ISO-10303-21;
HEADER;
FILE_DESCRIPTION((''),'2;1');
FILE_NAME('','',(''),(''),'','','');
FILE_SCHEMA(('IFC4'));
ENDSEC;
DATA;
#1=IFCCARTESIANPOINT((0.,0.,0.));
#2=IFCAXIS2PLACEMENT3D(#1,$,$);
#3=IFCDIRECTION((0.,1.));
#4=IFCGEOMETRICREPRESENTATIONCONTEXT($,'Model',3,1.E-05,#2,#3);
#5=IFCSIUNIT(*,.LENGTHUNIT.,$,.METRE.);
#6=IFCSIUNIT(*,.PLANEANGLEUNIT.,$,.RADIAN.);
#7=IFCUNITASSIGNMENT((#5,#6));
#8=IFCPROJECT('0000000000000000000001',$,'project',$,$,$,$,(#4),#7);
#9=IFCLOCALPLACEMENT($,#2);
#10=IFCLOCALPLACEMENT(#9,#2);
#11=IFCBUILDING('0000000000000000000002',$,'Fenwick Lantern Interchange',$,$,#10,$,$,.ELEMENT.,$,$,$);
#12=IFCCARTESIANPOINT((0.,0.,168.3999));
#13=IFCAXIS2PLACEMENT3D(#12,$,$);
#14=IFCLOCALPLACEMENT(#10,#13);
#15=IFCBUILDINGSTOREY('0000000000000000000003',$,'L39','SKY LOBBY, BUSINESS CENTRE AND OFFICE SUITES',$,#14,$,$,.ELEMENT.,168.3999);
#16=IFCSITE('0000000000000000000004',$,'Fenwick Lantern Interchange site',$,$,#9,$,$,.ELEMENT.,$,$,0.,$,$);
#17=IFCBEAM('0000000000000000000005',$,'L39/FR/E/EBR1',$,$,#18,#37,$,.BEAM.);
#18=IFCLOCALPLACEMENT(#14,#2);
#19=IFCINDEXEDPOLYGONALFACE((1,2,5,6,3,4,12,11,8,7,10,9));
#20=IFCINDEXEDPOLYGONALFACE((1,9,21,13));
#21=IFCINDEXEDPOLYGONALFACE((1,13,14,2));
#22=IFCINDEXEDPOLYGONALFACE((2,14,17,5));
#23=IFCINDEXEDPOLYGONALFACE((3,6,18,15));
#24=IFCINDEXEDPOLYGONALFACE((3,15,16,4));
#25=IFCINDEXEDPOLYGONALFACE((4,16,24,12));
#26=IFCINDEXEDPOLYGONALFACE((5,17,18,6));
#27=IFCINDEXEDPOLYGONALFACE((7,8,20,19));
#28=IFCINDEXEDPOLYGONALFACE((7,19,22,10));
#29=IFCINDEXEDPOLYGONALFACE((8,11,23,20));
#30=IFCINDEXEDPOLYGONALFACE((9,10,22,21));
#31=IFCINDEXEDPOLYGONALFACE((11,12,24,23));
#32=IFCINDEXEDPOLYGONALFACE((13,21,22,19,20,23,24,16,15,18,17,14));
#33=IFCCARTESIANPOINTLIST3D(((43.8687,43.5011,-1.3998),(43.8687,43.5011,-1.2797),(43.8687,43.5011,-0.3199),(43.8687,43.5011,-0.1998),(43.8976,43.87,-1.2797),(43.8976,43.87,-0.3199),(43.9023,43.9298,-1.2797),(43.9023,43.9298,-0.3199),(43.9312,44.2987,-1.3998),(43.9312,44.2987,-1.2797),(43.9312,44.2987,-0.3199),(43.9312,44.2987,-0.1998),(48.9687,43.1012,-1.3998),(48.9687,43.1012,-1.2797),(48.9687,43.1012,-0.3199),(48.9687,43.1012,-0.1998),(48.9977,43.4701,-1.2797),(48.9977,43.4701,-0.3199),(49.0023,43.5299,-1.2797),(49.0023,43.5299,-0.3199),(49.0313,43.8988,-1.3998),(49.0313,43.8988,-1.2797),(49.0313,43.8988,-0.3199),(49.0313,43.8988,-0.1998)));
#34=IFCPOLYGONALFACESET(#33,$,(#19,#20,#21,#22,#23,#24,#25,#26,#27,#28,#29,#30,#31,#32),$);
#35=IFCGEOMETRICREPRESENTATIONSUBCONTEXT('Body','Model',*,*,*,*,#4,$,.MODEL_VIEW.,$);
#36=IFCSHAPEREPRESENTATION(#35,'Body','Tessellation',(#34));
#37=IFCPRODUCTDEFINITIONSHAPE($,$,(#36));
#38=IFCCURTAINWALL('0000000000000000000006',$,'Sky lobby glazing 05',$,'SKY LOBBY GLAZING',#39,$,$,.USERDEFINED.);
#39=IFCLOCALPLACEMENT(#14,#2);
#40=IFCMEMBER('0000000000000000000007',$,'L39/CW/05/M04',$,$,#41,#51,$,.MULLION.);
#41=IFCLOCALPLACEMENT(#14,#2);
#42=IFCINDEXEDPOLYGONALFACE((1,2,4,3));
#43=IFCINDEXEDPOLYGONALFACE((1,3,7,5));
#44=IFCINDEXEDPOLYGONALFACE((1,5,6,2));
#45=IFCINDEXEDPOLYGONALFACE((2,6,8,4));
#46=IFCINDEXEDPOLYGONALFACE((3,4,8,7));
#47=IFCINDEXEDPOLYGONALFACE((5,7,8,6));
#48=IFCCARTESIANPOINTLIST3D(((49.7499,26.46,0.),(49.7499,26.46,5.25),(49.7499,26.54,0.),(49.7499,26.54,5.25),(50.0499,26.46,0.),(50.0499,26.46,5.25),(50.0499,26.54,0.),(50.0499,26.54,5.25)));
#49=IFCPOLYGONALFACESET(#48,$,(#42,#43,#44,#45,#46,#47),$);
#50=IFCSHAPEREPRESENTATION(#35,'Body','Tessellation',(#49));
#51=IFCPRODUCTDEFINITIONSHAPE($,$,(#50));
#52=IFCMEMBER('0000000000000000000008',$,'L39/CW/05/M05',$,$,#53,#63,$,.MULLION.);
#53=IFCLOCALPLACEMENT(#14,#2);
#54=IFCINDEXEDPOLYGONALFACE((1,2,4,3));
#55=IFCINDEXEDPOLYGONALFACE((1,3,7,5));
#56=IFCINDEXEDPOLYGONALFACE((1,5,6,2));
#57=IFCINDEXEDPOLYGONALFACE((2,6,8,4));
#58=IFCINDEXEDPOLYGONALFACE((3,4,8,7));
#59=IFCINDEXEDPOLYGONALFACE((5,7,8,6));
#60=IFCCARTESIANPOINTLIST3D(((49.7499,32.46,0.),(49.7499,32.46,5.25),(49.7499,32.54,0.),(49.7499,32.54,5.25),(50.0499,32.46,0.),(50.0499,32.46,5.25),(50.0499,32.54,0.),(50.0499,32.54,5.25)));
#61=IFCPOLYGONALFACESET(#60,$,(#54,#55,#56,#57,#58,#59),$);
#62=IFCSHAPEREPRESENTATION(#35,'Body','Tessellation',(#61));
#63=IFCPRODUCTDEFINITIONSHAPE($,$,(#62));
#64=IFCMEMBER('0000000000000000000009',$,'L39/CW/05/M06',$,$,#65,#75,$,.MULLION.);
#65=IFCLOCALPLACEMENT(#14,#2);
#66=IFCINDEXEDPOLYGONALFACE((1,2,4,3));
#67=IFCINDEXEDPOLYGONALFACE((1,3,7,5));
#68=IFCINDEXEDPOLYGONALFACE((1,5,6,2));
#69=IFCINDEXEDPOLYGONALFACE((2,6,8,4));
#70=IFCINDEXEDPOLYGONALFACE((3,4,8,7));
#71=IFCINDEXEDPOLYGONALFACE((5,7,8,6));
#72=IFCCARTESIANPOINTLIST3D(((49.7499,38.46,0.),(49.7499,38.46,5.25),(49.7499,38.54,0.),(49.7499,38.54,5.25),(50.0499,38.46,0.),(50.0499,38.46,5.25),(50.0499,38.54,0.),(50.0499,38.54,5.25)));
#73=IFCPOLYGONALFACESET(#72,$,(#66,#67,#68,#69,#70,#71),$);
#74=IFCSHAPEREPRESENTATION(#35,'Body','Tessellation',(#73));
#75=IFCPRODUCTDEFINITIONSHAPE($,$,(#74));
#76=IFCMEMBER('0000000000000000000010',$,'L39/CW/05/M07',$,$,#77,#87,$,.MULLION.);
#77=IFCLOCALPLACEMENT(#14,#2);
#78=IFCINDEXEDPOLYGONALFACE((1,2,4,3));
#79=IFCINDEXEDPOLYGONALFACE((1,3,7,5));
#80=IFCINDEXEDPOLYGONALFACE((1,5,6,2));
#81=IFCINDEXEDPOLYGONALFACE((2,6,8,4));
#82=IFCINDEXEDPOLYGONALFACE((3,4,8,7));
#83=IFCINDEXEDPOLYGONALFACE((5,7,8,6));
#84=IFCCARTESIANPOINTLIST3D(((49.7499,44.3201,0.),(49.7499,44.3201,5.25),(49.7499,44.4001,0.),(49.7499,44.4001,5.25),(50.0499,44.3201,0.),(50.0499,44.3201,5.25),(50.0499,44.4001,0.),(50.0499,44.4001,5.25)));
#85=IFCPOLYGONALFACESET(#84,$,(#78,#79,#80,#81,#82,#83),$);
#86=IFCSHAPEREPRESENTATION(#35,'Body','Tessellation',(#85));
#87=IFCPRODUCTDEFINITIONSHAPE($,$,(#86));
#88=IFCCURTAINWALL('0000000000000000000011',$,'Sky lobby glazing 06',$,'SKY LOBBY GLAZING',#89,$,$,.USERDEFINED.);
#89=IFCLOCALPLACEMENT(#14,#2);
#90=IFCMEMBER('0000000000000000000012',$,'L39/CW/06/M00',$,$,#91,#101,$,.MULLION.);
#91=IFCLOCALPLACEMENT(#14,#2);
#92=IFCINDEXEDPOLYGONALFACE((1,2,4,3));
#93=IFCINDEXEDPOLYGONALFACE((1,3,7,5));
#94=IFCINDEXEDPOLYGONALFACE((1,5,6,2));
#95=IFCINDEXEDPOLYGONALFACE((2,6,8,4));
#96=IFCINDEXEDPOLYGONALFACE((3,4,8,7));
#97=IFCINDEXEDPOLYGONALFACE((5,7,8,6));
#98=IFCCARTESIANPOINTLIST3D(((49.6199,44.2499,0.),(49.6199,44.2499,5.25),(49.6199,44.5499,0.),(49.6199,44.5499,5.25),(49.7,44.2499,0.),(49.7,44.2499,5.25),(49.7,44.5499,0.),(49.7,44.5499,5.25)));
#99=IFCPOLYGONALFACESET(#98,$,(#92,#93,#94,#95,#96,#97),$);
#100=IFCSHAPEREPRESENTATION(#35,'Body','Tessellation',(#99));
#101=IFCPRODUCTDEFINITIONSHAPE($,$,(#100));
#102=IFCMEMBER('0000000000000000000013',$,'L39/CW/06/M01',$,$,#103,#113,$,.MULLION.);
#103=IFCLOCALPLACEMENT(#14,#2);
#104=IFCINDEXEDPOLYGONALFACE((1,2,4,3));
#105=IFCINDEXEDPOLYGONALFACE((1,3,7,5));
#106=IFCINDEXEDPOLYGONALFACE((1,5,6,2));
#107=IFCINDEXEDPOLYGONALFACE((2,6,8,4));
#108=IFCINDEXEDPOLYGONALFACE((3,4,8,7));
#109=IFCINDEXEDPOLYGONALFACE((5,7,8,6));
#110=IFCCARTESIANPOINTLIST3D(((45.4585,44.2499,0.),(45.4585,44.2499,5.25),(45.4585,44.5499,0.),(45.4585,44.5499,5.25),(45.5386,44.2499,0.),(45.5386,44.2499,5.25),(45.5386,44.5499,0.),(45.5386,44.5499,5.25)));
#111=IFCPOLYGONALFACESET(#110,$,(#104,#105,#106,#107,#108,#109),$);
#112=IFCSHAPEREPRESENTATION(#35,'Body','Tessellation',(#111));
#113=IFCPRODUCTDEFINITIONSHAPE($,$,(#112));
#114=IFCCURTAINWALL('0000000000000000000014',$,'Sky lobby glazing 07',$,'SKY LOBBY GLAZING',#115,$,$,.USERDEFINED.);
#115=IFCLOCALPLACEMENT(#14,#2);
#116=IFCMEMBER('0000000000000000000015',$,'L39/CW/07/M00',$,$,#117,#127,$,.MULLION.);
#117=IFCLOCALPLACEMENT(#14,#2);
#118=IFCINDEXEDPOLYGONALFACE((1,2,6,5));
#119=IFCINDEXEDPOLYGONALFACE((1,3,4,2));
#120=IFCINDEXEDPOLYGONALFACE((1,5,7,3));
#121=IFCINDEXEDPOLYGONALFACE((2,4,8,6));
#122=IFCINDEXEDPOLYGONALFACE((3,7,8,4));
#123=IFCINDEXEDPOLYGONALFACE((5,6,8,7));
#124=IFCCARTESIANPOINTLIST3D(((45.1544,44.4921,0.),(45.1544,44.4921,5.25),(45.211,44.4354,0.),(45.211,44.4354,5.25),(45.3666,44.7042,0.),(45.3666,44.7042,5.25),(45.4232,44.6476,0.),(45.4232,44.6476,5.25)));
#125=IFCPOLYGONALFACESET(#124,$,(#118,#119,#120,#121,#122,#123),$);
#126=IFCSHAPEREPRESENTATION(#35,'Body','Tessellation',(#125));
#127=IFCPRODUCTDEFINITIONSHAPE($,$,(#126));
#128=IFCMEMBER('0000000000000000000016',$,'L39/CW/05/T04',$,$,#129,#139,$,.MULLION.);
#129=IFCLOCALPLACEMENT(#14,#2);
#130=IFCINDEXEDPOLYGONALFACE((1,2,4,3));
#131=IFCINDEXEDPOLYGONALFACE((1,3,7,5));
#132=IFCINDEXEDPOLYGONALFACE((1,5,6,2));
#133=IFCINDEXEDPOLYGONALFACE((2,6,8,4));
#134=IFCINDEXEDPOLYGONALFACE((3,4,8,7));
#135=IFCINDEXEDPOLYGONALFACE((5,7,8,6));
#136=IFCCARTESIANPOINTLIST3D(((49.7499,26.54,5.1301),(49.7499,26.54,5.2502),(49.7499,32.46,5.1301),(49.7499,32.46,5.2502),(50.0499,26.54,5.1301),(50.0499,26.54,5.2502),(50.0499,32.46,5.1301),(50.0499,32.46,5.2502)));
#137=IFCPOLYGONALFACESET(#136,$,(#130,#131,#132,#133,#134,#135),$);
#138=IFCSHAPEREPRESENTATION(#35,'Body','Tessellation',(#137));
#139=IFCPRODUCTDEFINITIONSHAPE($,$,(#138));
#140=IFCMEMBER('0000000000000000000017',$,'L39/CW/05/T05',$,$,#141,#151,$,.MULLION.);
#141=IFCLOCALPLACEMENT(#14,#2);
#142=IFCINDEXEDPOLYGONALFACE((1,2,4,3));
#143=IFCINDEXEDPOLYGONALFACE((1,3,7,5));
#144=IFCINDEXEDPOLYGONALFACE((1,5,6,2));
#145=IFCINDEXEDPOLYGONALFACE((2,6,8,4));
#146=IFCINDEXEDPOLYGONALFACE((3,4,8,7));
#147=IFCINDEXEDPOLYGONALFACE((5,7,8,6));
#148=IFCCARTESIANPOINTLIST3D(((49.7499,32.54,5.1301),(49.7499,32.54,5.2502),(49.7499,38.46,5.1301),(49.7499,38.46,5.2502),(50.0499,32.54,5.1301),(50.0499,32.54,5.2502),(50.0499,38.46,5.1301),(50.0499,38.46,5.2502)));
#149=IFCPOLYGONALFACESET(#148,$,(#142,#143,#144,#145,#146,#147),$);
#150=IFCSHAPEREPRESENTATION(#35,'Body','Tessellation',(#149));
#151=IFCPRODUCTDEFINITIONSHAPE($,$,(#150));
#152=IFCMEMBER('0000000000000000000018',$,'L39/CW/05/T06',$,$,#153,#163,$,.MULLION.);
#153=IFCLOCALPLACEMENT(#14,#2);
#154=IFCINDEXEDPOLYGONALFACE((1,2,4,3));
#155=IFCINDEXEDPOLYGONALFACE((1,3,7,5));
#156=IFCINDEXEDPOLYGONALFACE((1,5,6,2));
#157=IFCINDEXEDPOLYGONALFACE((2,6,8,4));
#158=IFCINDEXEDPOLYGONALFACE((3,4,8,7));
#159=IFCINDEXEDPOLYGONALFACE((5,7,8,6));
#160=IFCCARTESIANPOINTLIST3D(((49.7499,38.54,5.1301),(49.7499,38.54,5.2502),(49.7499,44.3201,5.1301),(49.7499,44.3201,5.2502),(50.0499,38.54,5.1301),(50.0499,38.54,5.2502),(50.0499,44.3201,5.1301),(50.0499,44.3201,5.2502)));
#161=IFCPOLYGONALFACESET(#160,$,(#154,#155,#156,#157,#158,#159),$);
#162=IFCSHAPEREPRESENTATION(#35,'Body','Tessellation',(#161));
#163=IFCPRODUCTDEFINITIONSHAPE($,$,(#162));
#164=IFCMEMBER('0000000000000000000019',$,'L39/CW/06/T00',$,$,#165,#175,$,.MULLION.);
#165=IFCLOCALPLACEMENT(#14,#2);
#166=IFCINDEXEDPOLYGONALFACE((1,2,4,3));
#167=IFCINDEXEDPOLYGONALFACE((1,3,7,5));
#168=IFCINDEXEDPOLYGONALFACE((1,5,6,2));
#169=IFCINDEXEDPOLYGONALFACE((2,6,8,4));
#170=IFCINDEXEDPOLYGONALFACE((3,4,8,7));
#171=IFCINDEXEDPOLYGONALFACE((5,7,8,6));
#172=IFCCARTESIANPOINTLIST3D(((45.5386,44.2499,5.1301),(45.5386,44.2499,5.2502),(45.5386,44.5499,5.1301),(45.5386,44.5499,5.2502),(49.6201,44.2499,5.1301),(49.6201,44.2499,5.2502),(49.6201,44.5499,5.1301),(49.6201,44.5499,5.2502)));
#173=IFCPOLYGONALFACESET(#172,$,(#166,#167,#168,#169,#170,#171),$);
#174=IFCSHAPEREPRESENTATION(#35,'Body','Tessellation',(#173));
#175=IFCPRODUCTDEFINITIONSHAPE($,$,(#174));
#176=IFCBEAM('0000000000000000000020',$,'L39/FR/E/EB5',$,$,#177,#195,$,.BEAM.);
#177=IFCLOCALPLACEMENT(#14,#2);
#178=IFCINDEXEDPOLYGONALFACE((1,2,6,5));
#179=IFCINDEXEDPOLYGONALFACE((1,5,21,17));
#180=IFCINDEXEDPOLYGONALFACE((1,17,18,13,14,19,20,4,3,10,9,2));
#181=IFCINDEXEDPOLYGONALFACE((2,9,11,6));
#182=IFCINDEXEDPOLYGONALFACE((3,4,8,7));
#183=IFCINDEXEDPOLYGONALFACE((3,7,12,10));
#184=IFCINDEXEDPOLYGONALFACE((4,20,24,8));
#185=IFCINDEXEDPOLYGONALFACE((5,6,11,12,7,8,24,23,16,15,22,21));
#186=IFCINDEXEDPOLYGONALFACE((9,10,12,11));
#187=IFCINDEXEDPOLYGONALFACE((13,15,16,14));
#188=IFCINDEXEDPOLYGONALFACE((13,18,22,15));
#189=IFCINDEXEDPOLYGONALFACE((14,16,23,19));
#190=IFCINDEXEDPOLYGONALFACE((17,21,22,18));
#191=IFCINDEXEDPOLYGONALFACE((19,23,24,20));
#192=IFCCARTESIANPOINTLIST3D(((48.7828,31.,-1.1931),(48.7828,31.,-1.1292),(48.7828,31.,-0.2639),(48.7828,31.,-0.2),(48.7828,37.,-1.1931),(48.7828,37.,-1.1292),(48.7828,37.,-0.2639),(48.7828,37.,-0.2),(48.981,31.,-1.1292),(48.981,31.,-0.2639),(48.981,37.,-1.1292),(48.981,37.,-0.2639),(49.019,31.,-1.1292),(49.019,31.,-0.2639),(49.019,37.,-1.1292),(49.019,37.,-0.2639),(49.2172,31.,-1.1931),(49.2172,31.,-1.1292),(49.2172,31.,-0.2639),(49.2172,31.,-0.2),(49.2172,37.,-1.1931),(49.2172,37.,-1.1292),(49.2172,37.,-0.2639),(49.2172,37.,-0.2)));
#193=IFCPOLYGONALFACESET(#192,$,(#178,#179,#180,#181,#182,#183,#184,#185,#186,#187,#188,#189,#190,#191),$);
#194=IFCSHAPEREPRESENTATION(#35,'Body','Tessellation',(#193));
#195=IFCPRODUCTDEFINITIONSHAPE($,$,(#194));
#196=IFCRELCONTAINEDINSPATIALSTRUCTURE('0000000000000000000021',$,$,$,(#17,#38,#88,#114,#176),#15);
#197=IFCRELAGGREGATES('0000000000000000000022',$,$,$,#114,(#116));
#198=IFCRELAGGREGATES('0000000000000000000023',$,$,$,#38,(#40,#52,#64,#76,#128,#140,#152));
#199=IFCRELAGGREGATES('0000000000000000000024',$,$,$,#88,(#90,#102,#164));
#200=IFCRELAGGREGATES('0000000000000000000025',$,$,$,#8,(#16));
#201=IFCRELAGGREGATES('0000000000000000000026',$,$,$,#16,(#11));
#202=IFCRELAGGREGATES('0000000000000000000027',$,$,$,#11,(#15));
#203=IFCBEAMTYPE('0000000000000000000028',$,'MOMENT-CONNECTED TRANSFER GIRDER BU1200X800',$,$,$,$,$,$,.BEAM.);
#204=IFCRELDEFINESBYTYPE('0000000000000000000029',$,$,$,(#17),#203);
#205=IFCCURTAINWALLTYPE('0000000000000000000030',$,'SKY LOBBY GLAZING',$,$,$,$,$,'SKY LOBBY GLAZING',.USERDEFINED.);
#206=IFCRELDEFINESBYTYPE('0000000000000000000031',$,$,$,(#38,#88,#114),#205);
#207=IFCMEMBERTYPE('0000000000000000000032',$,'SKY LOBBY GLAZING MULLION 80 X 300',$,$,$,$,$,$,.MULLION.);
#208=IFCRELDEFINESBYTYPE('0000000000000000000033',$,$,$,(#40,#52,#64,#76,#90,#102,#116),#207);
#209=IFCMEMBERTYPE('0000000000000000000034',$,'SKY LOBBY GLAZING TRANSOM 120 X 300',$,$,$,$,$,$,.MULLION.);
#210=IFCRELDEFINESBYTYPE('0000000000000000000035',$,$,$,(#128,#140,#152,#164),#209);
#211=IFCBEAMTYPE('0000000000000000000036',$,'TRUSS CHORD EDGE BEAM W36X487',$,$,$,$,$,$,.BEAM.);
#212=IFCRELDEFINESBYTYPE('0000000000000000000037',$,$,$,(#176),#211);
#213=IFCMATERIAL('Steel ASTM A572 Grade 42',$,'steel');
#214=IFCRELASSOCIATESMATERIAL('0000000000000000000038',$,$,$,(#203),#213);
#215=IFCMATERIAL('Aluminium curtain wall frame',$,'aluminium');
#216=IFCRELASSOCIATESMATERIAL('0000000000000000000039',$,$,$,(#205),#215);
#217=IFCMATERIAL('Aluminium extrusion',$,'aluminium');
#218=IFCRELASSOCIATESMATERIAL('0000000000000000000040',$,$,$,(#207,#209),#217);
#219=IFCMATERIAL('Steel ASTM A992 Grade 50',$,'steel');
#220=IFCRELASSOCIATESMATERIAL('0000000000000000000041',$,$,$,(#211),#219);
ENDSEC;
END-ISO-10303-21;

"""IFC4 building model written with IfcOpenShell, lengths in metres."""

from ifc_helpers import new_model, si_unit, direction, frame, origin, origin_2d, place, context, subcontext, project, spatial, rectangle, i_section, extrude, material, material_profile, profile_set, type_object, element, aggregate, save


model = new_model("IFC4")

# Units and contexts
model_context = context("Model", 3, precision=1e-05, world=origin(), true_north=direction((0.0, 1.0)))
body_context = subcontext(model_context, "Body", "Model", "MODEL_VIEW")
ifc_project = project(units=[si_unit("LENGTHUNIT", "METRE"), si_unit("PLANEANGLEUNIT", "RADIAN")], contexts=[model_context])

# Site, building, storey
site_placement = place(None, origin())
site = spatial("IfcSite", under=ifc_project, at=site_placement, Name="Fenwick Lantern Interchange site", CompositionType="ELEMENT", RefElevation=0.0)
building_placement = place(site_placement, origin())
building = spatial("IfcBuilding", under=site, at=building_placement, Name="Fenwick Lantern Interchange", CompositionType="ELEMENT")
storey_placement = place(building_placement, frame((0.0, 0.0, 168.3999)))
storey = spatial("IfcBuildingStorey", under=building, at=storey_placement, Name="L39", Description="SKY LOBBY, BUSINESS CENTRE AND OFFICE SUITES", CompositionType="ELEMENT", Elevation=168.3999)

# Shared definitions
ifc_material_1 = material(Name="Steel ASTM A992 Grade 50", Category="steel")

# Beam
ifc_material_2 = material(Name="Steel ASTM A572 Grade 42", Category="steel")
ifc_material_profile_1 = material_profile(ifc_material_2, i_section(OverallWidth=0.8, OverallDepth=1.2, WebThickness=0.0601, FlangeThickness=0.1201, at=origin_2d()), Name="BU1200X800")
ifc_profile_set_1 = profile_set([ifc_material_profile_1], Name="Steel ASTM A572 Grade 42")
beam_type_1 = type_object("IfcBeamType", Name="MOMENT-CONNECTED TRANSFER GIRDER BU1200X800", PredefinedType="BEAM", material=ifc_profile_set_1)
beam_1_placement = place(storey_placement, frame((49.0, 43.5, -0.7998), z_axis=(-0.99694, 0.078171, 0.0), x_axis=(-0.078171, -0.99694, 0.0)))
element("IfcBeam", 1, at=beam_1_placement, inside=storey, type_object=beam_type_1, Name="L39/FR/E/EBR1", PredefinedType="BEAM", context=body_context, shape_type="SweptSolid", body=[
    extrude(i_section(OverallWidth=0.8, OverallDepth=1.2, WebThickness=0.0601, FlangeThickness=0.1201, at=origin_2d()), origin(), (0.0, 0.0, 1.0), 5.1157),
])

# Curtain walls, members
ifc_material_3 = material(Name="Aluminium curtain wall frame", Category="aluminium")
curtain_wall_type = type_object("IfcCurtainWallType", Name="SKY LOBBY GLAZING", ElementType="SKY LOBBY GLAZING", PredefinedType="USERDEFINED", material=ifc_material_3)
curtain_wall_1_placement = place(storey_placement, origin())
curtain_wall_1 = element("IfcCurtainWall", 2, at=curtain_wall_1_placement, inside=storey, type_object=curtain_wall_type, Name="Sky lobby glazing 05", ObjectType="SKY LOBBY GLAZING", PredefinedType="USERDEFINED")
ifc_material_4 = material(Name="Aluminium extrusion", Category="aluminium")
ifc_material_profile_2 = material_profile(ifc_material_4, rectangle(XDim=0.3, YDim=0.0801, at=origin_2d()), Name="SKY LOBBY GLAZING MULLION 80 X 300")
ifc_profile_set_2 = profile_set([ifc_material_profile_2], Name="Aluminium extrusion")
member_type_1 = type_object("IfcMemberType", Name="SKY LOBBY GLAZING MULLION 80 X 300", PredefinedType="MULLION", material=ifc_profile_set_2)
member_1_placement = place(storey_placement, frame((49.8999, 26.5, 0.0), z_axis=(0.0, 0.0, 1.0), x_axis=(-1.0, 0.0, 0.0)))
member_1 = element("IfcMember", 3, at=member_1_placement, type_object=member_type_1, Name="L39/CW/05/M04", PredefinedType="MULLION", context=body_context, shape_type="SweptSolid", body=[
    extrude(rectangle(XDim=0.3, YDim=0.0801, at=origin_2d()), origin(), (0.0, 0.0, 1.0), 5.25),
])
member_2_placement = place(storey_placement, frame((49.8999, 32.5, 0.0), z_axis=(0.0, 0.0, 1.0), x_axis=(-1.0, 0.0, 0.0)))
member_2 = element("IfcMember", 4, at=member_2_placement, type_object=member_type_1, Name="L39/CW/05/M05", PredefinedType="MULLION", context=body_context, shape_type="SweptSolid", body=[
    extrude(rectangle(XDim=0.3, YDim=0.0801, at=origin_2d()), origin(), (0.0, 0.0, 1.0), 5.25),
])
member_3_placement = place(storey_placement, frame((49.8999, 38.5, 0.0), z_axis=(0.0, 0.0, 1.0), x_axis=(-1.0, 0.0, 0.0)))
member_3 = element("IfcMember", 5, at=member_3_placement, type_object=member_type_1, Name="L39/CW/05/M06", PredefinedType="MULLION", context=body_context, shape_type="SweptSolid", body=[
    extrude(rectangle(XDim=0.3, YDim=0.0801, at=origin_2d()), origin(), (0.0, 0.0, 1.0), 5.25),
])
member_4_placement = place(storey_placement, frame((49.8999, 44.3601, 0.0), z_axis=(0.0, 0.0, 1.0), x_axis=(-1.0, 0.0, 0.0)))
member_4 = element("IfcMember", 6, at=member_4_placement, type_object=member_type_1, Name="L39/CW/05/M07", PredefinedType="MULLION", context=body_context, shape_type="SweptSolid", body=[
    extrude(rectangle(XDim=0.3, YDim=0.0801, at=origin_2d()), origin(), (0.0, 0.0, 1.0), 5.25),
])
curtain_wall_2_placement = place(storey_placement, origin())
curtain_wall_2 = element("IfcCurtainWall", 7, at=curtain_wall_2_placement, inside=storey, type_object=curtain_wall_type, Name="Sky lobby glazing 06", ObjectType="SKY LOBBY GLAZING", PredefinedType="USERDEFINED")
member_5_placement = place(storey_placement, frame((49.6599, 44.3999, 0.0), z_axis=(0.0, 0.0, 1.0), x_axis=(0.0, -1.0, 0.0)))
member_5 = element("IfcMember", 8, at=member_5_placement, type_object=member_type_1, Name="L39/CW/06/M00", PredefinedType="MULLION", context=body_context, shape_type="SweptSolid", body=[
    extrude(rectangle(XDim=0.3, YDim=0.0801, at=origin_2d()), origin(), (0.0, 0.0, 1.0), 5.25),
])
member_6_placement = place(storey_placement, frame((45.4985, 44.3999, 0.0), z_axis=(0.0, 0.0, 1.0), x_axis=(0.0, -1.0, 0.0)))
member_6 = element("IfcMember", 9, at=member_6_placement, type_object=member_type_1, Name="L39/CW/06/M01", PredefinedType="MULLION", context=body_context, shape_type="SweptSolid", body=[
    extrude(rectangle(XDim=0.3, YDim=0.0801, at=origin_2d()), origin(), (0.0, 0.0, 1.0), 5.25),
])

# Curtain wall, member
curtain_wall_3_placement = place(storey_placement, origin())
curtain_wall_3 = element("IfcCurtainWall", 10, at=curtain_wall_3_placement, inside=storey, type_object=curtain_wall_type, Name="Sky lobby glazing 07", ObjectType="SKY LOBBY GLAZING", PredefinedType="USERDEFINED")
member_7_placement = place(storey_placement, frame((45.2888, 44.5698, 0.0), z_axis=(0.0, 0.0, 1.0), x_axis=(-0.707107, -0.707107, 0.0)))
member_7 = element("IfcMember", 11, at=member_7_placement, type_object=member_type_1, Name="L39/CW/07/M00", PredefinedType="MULLION", context=body_context, shape_type="SweptSolid", body=[
    extrude(rectangle(XDim=0.3, YDim=0.0801, at=origin_2d()), origin(), (0.0, 0.0, 1.0), 5.25),
])
aggregate(curtain_wall_3, [member_7])

# Members
ifc_material_profile_3 = material_profile(ifc_material_4, rectangle(XDim=0.3, YDim=0.1201, at=origin_2d()), Name="SKY LOBBY GLAZING TRANSOM 120 X 300")
ifc_profile_set_3 = profile_set([ifc_material_profile_3], Name="Aluminium extrusion")
member_type_2 = type_object("IfcMemberType", Name="SKY LOBBY GLAZING TRANSOM 120 X 300", PredefinedType="MULLION", material=ifc_profile_set_3)
member_8_placement = place(storey_placement, frame((49.8999, 26.54, 5.1902), z_axis=(0.0, 1.0, 0.0), x_axis=(-1.0, 0.0, 0.0)))
member_8 = element("IfcMember", 12, at=member_8_placement, type_object=member_type_2, Name="L39/CW/05/T04", PredefinedType="MULLION", context=body_context, shape_type="SweptSolid", body=[
    extrude(rectangle(XDim=0.3, YDim=0.1201, at=origin_2d()), origin(), (0.0, 0.0, 1.0), 5.9199),
])
member_9_placement = place(storey_placement, frame((49.8999, 32.54, 5.1902), z_axis=(0.0, 1.0, 0.0), x_axis=(-1.0, 0.0, 0.0)))
member_9 = element("IfcMember", 13, at=member_9_placement, type_object=member_type_2, Name="L39/CW/05/T05", PredefinedType="MULLION", context=body_context, shape_type="SweptSolid", body=[
    extrude(rectangle(XDim=0.3, YDim=0.1201, at=origin_2d()), origin(), (0.0, 0.0, 1.0), 5.9199),
])
member_10_placement = place(storey_placement, frame((49.8999, 38.54, 5.1902), z_axis=(0.0, 1.0, 0.0), x_axis=(-1.0, 0.0, 0.0)))
member_10 = element("IfcMember", 14, at=member_10_placement, type_object=member_type_2, Name="L39/CW/05/T06", PredefinedType="MULLION", context=body_context, shape_type="SweptSolid", body=[
    extrude(rectangle(XDim=0.3, YDim=0.1201, at=origin_2d()), origin(), (0.0, 0.0, 1.0), 5.78),
])
aggregate(curtain_wall_1, [member_1, member_2, member_3, member_4, member_8, member_9, member_10])
member_11_placement = place(storey_placement, frame((49.6201, 44.3999, 5.1902), z_axis=(-1.0, 0.0, 0.0), x_axis=(0.0, -1.0, 0.0)))
member_11 = element("IfcMember", 15, at=member_11_placement, type_object=member_type_2, Name="L39/CW/06/T00", PredefinedType="MULLION", context=body_context, shape_type="SweptSolid", body=[
    extrude(rectangle(XDim=0.3, YDim=0.1201, at=origin_2d()), origin(), (0.0, 0.0, 1.0), 4.0815),
])

# Beam
ifc_material_profile_4 = material_profile(ifc_material_1, i_section(OverallWidth=0.4343, OverallDepth=0.9932, WebThickness=0.0381, FlangeThickness=0.064, at=origin_2d()), Name="W36X487")
ifc_profile_set_4 = profile_set([ifc_material_profile_4], Name="Steel ASTM A992 Grade 50")
beam_type_2 = type_object("IfcBeamType", Name="TRUSS CHORD EDGE BEAM W36X487", PredefinedType="BEAM", material=ifc_profile_set_4)
beam_2_placement = place(storey_placement, frame((49.0, 31.0, -0.6965), z_axis=(0.0, 1.0, 0.0), x_axis=(-1.0, 0.0, 0.0)))
element("IfcBeam", 16, at=beam_2_placement, inside=storey, type_object=beam_type_2, Name="L39/FR/E/EB5", PredefinedType="BEAM", context=body_context, shape_type="SweptSolid", body=[
    extrude(i_section(OverallWidth=0.4343, OverallDepth=0.9932, WebThickness=0.0381, FlangeThickness=0.064, at=origin_2d()), origin(), (0.0, 0.0, 1.0), 6.0),
])

aggregate(curtain_wall_2, [member_5, member_6, member_11])

save(model, "model.ifc")
